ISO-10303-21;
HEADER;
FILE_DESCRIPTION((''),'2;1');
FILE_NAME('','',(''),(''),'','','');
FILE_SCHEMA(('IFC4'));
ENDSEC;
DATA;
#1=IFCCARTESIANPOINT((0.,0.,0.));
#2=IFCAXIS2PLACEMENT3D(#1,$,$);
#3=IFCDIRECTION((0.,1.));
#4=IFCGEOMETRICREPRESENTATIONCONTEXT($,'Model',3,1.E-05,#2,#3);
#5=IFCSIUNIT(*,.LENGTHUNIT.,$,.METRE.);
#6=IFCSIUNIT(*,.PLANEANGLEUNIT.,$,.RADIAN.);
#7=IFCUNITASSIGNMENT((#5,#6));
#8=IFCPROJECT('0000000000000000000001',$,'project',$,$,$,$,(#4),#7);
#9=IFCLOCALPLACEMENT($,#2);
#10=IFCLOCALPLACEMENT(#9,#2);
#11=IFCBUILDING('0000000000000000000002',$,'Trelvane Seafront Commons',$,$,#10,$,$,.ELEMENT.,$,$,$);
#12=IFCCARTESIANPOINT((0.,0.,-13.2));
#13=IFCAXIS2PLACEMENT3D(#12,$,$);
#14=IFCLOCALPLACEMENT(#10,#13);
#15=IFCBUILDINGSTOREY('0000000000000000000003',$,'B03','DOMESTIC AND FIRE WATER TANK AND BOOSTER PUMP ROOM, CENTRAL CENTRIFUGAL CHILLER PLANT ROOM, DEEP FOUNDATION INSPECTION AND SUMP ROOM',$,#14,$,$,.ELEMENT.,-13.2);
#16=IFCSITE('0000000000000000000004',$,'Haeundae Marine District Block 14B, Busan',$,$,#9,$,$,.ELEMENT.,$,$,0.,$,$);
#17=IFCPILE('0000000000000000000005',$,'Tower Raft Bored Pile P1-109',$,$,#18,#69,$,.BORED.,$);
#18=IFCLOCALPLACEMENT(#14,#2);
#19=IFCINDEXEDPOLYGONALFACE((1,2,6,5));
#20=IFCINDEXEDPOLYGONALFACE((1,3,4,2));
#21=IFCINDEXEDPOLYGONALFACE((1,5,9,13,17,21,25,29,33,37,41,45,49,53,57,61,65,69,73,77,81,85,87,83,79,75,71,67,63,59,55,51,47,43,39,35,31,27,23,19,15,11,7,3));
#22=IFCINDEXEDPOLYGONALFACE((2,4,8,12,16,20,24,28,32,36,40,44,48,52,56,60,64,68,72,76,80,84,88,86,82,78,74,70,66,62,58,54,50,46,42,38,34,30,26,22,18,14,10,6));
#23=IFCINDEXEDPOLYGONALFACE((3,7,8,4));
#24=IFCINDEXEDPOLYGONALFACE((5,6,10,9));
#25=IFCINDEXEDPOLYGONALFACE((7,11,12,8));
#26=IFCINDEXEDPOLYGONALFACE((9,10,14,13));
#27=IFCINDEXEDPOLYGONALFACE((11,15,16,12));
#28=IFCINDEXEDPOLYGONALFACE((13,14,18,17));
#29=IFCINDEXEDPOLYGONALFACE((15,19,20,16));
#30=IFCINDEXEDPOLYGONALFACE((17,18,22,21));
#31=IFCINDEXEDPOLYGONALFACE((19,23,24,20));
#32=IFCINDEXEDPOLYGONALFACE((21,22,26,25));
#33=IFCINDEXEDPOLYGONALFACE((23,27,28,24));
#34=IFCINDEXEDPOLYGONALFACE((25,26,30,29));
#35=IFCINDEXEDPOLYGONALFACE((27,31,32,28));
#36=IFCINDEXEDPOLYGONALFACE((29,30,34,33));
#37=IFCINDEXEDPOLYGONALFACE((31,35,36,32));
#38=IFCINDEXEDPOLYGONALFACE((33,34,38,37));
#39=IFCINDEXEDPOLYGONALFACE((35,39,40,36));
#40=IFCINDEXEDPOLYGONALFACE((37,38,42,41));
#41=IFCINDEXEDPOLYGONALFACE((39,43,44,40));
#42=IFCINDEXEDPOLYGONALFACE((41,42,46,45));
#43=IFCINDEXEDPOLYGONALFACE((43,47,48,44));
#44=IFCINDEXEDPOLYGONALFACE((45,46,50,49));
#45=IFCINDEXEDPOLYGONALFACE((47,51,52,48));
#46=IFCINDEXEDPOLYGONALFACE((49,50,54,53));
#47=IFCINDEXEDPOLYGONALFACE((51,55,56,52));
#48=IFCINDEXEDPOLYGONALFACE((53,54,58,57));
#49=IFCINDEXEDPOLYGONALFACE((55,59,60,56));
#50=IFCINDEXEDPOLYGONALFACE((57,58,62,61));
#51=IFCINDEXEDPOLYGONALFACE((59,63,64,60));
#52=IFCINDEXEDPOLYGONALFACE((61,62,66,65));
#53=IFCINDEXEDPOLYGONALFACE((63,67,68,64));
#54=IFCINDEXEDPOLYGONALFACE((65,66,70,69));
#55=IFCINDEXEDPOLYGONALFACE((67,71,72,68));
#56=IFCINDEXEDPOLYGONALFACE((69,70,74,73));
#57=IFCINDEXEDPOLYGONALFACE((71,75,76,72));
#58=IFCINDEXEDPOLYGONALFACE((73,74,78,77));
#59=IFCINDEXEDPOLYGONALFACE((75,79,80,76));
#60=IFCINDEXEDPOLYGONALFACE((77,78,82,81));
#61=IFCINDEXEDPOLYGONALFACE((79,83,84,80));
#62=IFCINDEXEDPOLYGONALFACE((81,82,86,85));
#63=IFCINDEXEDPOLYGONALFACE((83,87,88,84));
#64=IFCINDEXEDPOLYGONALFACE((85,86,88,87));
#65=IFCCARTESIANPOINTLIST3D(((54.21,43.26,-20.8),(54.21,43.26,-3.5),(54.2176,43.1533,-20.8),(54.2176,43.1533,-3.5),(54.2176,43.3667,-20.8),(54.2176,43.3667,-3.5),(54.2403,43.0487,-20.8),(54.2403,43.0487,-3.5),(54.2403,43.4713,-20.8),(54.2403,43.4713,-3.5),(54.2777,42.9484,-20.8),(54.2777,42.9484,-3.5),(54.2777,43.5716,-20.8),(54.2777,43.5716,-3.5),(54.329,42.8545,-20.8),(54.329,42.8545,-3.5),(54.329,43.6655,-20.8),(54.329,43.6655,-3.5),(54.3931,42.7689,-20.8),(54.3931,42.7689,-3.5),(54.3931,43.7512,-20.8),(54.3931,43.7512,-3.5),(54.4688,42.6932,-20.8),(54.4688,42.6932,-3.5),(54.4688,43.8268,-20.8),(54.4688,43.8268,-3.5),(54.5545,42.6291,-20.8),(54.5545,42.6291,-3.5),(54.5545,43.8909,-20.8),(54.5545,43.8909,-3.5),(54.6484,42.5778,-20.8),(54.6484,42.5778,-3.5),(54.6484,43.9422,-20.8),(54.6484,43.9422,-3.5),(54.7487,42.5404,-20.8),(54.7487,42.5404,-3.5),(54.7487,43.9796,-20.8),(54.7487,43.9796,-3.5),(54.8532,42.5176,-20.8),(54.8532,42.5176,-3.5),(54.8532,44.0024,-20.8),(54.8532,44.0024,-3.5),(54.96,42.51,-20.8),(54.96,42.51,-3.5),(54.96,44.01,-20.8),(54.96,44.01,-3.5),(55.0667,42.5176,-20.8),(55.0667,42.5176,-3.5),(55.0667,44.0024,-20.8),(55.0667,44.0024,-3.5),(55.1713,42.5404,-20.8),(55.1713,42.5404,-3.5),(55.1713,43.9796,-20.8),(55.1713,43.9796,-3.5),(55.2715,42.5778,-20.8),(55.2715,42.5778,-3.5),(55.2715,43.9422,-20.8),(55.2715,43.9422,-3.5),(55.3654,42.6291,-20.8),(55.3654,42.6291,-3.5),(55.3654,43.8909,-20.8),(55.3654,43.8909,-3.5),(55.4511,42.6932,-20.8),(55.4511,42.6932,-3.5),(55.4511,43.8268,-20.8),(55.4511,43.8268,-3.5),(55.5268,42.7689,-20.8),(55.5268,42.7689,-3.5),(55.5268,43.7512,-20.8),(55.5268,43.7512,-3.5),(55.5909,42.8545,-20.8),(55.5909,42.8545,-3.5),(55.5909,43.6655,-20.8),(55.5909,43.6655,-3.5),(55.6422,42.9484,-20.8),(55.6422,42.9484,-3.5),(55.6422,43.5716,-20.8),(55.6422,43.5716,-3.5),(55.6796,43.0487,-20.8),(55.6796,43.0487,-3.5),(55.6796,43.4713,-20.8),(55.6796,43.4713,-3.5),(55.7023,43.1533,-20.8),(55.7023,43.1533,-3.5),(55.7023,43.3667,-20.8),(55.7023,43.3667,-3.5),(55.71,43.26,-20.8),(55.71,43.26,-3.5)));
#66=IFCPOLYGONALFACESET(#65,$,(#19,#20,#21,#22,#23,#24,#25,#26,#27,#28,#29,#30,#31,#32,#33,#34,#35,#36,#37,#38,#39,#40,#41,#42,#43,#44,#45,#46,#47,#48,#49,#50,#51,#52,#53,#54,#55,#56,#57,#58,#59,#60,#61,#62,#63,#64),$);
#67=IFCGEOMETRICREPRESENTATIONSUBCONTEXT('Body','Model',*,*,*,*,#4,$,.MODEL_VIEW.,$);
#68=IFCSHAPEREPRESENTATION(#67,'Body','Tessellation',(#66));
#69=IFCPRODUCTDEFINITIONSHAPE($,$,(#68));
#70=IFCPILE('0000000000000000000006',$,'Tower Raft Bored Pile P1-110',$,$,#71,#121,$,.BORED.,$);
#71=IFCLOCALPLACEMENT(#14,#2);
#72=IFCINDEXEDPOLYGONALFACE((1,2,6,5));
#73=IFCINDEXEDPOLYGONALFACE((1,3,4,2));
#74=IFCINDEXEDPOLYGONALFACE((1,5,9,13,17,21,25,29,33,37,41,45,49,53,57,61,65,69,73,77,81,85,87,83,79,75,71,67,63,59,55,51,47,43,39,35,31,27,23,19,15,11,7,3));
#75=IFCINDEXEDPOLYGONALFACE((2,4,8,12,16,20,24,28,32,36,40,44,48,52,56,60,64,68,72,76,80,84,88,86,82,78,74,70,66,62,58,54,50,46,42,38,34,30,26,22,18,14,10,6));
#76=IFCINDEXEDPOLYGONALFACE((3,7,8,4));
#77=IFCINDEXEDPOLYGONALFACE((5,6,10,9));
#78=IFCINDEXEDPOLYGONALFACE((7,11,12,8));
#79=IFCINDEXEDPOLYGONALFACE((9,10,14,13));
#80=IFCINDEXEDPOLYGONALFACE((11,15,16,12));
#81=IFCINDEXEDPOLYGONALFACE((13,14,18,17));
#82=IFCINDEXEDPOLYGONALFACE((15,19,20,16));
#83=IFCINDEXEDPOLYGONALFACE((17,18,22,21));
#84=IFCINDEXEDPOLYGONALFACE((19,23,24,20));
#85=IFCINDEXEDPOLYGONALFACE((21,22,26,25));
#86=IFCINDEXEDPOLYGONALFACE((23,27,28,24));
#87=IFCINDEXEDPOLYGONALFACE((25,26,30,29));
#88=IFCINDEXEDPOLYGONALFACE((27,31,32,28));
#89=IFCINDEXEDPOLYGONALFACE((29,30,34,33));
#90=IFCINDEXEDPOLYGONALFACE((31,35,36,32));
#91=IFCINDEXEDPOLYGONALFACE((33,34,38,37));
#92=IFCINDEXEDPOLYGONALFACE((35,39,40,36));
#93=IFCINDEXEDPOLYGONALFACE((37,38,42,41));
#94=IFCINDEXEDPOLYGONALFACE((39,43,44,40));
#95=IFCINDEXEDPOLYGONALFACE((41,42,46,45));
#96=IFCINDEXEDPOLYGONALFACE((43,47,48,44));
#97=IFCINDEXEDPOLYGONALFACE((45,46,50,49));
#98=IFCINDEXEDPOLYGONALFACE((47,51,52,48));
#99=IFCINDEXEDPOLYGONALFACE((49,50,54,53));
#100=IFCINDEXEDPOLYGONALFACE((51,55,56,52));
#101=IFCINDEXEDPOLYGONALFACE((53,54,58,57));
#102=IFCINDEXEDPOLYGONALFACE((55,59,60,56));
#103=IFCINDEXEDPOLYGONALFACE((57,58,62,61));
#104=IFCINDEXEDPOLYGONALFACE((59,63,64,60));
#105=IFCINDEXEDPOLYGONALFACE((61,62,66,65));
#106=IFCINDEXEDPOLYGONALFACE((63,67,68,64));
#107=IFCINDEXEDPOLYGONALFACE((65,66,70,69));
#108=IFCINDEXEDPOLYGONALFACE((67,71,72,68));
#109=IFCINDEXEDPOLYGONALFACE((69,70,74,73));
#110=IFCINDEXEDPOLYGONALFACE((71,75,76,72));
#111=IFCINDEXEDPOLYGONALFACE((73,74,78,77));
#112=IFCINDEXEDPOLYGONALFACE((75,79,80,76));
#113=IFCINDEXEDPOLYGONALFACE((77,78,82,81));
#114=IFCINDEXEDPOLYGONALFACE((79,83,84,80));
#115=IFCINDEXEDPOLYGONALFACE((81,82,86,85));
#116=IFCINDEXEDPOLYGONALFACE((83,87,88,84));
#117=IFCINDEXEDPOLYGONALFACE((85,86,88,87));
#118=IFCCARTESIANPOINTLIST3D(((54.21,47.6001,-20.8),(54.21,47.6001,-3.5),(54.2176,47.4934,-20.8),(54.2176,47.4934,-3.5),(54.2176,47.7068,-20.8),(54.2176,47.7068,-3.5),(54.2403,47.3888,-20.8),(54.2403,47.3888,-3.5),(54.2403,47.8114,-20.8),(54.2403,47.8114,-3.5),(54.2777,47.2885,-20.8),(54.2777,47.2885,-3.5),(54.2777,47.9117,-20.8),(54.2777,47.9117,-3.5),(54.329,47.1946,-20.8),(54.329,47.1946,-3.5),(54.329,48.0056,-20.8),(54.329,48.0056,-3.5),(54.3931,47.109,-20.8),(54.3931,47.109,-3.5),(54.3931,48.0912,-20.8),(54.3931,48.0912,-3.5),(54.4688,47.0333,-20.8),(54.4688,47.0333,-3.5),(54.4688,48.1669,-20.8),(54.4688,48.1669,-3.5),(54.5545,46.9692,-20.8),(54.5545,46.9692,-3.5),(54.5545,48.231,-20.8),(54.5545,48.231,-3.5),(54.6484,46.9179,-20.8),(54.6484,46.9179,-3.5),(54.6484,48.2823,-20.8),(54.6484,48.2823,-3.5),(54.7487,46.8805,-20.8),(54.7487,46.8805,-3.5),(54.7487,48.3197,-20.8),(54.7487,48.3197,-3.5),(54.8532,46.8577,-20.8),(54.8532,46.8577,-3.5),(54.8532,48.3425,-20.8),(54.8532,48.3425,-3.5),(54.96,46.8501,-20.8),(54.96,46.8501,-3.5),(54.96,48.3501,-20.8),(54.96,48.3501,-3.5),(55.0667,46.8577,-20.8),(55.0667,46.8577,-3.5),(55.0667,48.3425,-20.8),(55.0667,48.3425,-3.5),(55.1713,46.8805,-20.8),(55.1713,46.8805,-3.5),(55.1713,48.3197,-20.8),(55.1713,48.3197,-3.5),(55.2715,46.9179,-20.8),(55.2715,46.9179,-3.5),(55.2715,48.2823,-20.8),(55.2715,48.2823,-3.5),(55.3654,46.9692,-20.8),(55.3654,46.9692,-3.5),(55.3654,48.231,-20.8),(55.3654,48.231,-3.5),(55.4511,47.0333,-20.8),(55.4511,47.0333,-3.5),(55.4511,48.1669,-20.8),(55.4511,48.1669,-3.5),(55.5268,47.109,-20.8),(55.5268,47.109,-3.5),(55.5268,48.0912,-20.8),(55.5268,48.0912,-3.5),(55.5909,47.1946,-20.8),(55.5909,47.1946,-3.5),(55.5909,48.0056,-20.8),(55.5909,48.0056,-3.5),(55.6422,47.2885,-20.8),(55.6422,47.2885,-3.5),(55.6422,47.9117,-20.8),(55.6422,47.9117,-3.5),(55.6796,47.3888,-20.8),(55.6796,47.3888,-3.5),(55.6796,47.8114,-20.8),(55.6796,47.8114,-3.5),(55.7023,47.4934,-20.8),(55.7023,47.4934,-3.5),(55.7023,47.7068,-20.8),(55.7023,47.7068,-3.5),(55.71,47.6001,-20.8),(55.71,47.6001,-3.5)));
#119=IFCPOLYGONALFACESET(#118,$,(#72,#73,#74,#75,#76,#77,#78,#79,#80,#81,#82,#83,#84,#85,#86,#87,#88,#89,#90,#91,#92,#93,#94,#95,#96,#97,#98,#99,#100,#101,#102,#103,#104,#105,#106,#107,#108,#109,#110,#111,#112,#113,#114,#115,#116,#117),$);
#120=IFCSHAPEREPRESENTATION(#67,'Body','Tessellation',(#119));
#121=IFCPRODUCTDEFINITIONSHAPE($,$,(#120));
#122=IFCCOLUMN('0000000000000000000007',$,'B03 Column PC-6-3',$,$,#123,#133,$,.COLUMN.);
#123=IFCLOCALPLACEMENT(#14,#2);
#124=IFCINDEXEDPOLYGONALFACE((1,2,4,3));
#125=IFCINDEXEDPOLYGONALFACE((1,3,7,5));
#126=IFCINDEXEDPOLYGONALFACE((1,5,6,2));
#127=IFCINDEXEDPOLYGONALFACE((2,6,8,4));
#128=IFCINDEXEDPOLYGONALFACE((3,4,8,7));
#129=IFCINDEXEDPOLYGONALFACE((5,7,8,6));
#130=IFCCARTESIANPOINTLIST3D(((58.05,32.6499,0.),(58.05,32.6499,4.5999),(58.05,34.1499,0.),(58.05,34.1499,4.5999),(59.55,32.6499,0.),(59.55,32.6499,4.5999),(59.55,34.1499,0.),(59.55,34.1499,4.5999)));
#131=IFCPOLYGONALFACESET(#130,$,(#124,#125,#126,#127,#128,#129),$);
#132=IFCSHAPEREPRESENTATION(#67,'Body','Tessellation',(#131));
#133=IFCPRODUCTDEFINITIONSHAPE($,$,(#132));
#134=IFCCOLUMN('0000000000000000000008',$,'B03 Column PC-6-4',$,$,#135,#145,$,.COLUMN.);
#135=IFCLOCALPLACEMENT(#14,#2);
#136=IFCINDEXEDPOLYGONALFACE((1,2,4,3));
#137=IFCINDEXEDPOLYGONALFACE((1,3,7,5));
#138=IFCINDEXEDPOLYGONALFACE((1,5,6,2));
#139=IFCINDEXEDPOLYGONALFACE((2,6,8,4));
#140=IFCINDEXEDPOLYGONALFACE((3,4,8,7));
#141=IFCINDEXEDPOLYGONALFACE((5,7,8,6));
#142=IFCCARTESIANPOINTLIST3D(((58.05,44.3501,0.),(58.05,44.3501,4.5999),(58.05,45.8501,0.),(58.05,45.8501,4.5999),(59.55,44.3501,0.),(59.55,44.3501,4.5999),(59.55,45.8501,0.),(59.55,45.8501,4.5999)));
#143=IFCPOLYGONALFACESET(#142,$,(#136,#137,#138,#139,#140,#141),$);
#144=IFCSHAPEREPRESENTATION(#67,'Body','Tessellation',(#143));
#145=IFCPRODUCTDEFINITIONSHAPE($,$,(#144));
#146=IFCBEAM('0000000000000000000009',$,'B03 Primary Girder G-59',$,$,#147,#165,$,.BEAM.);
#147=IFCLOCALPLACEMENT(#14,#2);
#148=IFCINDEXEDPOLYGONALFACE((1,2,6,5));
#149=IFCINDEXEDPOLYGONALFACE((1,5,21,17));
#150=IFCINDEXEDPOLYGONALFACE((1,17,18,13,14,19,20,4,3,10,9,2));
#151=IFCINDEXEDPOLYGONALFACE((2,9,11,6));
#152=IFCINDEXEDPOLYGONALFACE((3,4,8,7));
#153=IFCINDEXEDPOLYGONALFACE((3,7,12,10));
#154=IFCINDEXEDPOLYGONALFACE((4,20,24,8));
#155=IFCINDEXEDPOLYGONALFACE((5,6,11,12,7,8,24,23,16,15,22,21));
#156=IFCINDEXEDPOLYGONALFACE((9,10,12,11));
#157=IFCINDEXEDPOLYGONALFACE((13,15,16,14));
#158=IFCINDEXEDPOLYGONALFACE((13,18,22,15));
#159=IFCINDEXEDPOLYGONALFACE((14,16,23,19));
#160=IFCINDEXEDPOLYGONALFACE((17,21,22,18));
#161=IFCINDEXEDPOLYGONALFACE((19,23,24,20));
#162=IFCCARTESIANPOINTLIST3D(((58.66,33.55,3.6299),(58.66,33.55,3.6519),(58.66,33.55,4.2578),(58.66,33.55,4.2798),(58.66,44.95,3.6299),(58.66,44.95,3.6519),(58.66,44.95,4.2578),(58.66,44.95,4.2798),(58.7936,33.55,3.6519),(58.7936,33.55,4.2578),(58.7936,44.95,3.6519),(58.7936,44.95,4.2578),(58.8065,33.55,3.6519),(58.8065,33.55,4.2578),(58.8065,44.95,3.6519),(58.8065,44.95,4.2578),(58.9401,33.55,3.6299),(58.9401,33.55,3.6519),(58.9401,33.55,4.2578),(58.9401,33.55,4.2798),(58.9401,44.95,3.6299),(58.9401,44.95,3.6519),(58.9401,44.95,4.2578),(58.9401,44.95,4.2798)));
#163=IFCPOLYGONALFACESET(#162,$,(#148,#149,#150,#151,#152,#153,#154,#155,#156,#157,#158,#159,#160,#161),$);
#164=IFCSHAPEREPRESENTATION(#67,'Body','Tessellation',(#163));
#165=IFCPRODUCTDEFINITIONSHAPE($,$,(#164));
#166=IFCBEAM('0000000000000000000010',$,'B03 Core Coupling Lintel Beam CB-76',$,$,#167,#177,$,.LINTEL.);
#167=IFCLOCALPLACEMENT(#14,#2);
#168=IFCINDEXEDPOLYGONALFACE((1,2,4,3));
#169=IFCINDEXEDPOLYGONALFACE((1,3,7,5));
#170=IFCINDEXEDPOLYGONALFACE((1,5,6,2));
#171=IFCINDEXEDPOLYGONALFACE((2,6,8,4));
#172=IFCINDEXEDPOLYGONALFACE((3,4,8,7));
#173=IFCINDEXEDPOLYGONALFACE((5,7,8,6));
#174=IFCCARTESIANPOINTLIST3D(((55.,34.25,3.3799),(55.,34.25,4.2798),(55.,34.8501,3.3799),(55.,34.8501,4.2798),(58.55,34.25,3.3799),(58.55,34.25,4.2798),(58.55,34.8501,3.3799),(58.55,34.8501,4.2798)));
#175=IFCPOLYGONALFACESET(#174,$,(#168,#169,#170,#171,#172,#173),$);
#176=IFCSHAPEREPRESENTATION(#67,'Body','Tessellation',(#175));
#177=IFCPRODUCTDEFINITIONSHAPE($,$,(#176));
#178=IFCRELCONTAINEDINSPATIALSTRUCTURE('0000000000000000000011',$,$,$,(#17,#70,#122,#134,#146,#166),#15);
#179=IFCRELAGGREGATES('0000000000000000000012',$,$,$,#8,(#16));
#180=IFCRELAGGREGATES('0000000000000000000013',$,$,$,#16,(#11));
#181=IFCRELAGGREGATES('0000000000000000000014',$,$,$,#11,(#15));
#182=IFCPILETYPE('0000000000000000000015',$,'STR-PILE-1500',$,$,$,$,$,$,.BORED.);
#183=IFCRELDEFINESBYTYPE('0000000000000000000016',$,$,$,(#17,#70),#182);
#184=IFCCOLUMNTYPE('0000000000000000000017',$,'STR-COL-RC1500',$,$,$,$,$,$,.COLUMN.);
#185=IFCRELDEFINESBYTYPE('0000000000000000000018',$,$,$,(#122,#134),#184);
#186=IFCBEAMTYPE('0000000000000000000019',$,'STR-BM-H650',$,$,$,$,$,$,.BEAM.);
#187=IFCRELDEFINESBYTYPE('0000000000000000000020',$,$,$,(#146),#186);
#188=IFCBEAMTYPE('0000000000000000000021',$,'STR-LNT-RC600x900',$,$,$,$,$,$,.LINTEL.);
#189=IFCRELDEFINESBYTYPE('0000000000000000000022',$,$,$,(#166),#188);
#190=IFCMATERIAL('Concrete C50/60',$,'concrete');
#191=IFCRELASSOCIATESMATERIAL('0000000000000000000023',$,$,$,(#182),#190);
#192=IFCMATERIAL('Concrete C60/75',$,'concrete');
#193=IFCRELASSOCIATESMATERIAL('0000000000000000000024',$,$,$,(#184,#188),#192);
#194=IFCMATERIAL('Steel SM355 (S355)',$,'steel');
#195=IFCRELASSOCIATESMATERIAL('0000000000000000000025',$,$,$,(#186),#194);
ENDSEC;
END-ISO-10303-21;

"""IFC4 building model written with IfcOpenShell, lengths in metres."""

from ifc_helpers import new_model, si_unit, direction, frame, origin, origin_2d, place, context, subcontext, project, spatial, rectangle, circle, i_section, extrude, source, transform, mapped, material, material_profile, profile_set, type_object, element, save


model = new_model("IFC4")

# Units and contexts
model_context = context("Model", 3, precision=1e-05, world=origin(), true_north=direction((0.0, 1.0)))
body_context = subcontext(model_context, "Body", "Model", "MODEL_VIEW")
ifc_project = project(units=[si_unit("LENGTHUNIT", "METRE"), si_unit("PLANEANGLEUNIT", "RADIAN")], contexts=[model_context])

# Site, building, storey
site_placement = place(None, origin())
site = spatial("IfcSite", under=ifc_project, at=site_placement, Name="Haeundae Marine District Block 14B, Busan", CompositionType="ELEMENT", RefElevation=0.0)
building_placement = place(site_placement, origin())
building = spatial("IfcBuilding", under=site, at=building_placement, Name="Trelvane Seafront Commons", CompositionType="ELEMENT")
storey_placement = place(building_placement, frame((0.0, 0.0, -13.2)))
storey = spatial("IfcBuildingStorey", under=building, at=storey_placement, Name="B03", Description="DOMESTIC AND FIRE WATER TANK AND BOOSTER PUMP ROOM, CENTRAL CENTRIFUGAL CHILLER PLANT ROOM, DEEP FOUNDATION INSPECTION AND SUMP ROOM", CompositionType="ELEMENT", Elevation=-13.2)

# Piles
ifc_material_1 = material(Name="Concrete C50/60", Category="concrete")
ifc_material_profile_1 = material_profile(ifc_material_1, circle(Radius=0.75, at=origin_2d()), Name="PILE-1500")
ifc_profile_set_1 = profile_set([ifc_material_profile_1], Name="Concrete C50/60")
pile_type = type_object("IfcPileType", Name="STR-PILE-1500", PredefinedType="BORED", material=ifc_profile_set_1)
shared_shape_1 = source(origin(), body_context, "Body", "SweptSolid", [
    extrude(circle(Radius=0.75, at=origin_2d()), origin(), (0.0, 0.0, 1.0), 17.3),
])
for number, where, z_axis, x_axis, name in (
    (1, (54.96, 43.26, -3.5), (0.0, 0.0, -1.0), (1.0, 0.0, 0.0), "Tower Raft Bored Pile P1-109"),
    (2, (54.96, 47.6001, -3.5), (0.0, 0.0, -1.0), (1.0, 0.0, 0.0), "Tower Raft Bored Pile P1-110"),
):
    element("IfcPile", number, at=place(storey_placement, frame(where, z_axis=z_axis, x_axis=x_axis)), inside=storey, type_object=pile_type, Name=name, PredefinedType="BORED", context=body_context, shape_type="MappedRepresentation", body=[
        mapped(shared_shape_1, transform((0.0, 0.0, 0.0), x_axis=(1.0, 0.0, 0.0), y_axis=(0.0, 1.0, 0.0), z_axis=(0.0, 0.0, 1.0), scale=1.0)),
    ])

# Columns
ifc_material_2 = material(Name="Concrete C60/75", Category="concrete")
ifc_material_profile_2 = material_profile(ifc_material_2, rectangle(XDim=1.5, YDim=1.5, at=origin_2d()), Name="RC-1500x1500")
ifc_profile_set_2 = profile_set([ifc_material_profile_2], Name="Concrete C60/75")
column_type = type_object("IfcColumnType", Name="STR-COL-RC1500", PredefinedType="COLUMN", material=ifc_profile_set_2)
shared_shape_2 = source(origin(), body_context, "Body", "SweptSolid", [
    extrude(rectangle(XDim=1.5, YDim=1.5, at=origin_2d()), origin(), (0.0, 0.0, 1.0), 4.5999),
])
for number, where, z_axis, x_axis, name in (
    (3, (58.8, 33.3999, 0.0), (0.0, 0.0, 1.0), (1.0, 0.0, 0.0), "B03 Column PC-6-3"),
    (4, (58.8, 45.1001, 0.0), (0.0, 0.0, 1.0), (1.0, 0.0, 0.0), "B03 Column PC-6-4"),
):
    element("IfcColumn", number, at=place(storey_placement, frame(where, z_axis=z_axis, x_axis=x_axis)), inside=storey, type_object=column_type, Name=name, PredefinedType="COLUMN", context=body_context, shape_type="MappedRepresentation", body=[
        mapped(shared_shape_2, transform((0.0, 0.0, 0.0), x_axis=(1.0, 0.0, 0.0), y_axis=(0.0, 1.0, 0.0), z_axis=(0.0, 0.0, 1.0), scale=1.0)),
    ])

# Beams
ifc_material_3 = material(Name="Steel SM355 (S355)", Category="steel")
ifc_material_profile_3 = material_profile(ifc_material_3, i_section(OverallWidth=0.28, OverallDepth=0.6499, WebThickness=0.0129, FlangeThickness=0.022, at=origin_2d()), Name="H-650x280x13x22")
ifc_profile_set_3 = profile_set([ifc_material_profile_3], Name="Steel SM355 (S355)")
beam_type_1 = type_object("IfcBeamType", Name="STR-BM-H650", PredefinedType="BEAM", material=ifc_profile_set_3)
shared_shape_3 = source(origin(), body_context, "Body", "SweptSolid", [
    extrude(i_section(OverallWidth=0.28, OverallDepth=0.6499, WebThickness=0.0129, FlangeThickness=0.022, at=origin_2d()), origin(), (0.0, 0.0, 1.0), 11.3999),
])
beam_1_placement = place(storey_placement, frame((58.8, 33.55, 3.9548), z_axis=(0.0, 1.0, 0.0), x_axis=(-1.0, 0.0, 0.0)))
element("IfcBeam", 5, at=beam_1_placement, inside=storey, type_object=beam_type_1, Name="B03 Primary Girder G-59", PredefinedType="BEAM", context=body_context, shape_type="MappedRepresentation", body=[
    mapped(shared_shape_3, transform((0.0, 0.0, 0.0), x_axis=(1.0, 0.0, 0.0), y_axis=(0.0, 1.0, 0.0), z_axis=(0.0, 0.0, 1.0), scale=1.0)),
])
ifc_material_profile_4 = material_profile(ifc_material_2, rectangle(XDim=0.6001, YDim=0.8999, at=origin_2d()), Name="RC-600x900")
ifc_profile_set_4 = profile_set([ifc_material_profile_4], Name="Concrete C60/75")
beam_type_2 = type_object("IfcBeamType", Name="STR-LNT-RC600x900", PredefinedType="LINTEL", material=ifc_profile_set_4)
shared_shape_4 = source(origin(), body_context, "Body", "SweptSolid", [
    extrude(rectangle(XDim=0.6001, YDim=0.8999, at=origin_2d()), origin(), (0.0, 0.0, 1.0), 3.55),
])
beam_2_placement = place(storey_placement, frame((55.0, 34.55, 3.8298), z_axis=(1.0, 0.0, 0.0), x_axis=(0.0, 1.0, 0.0)))
element("IfcBeam", 6, at=beam_2_placement, inside=storey, type_object=beam_type_2, Name="B03 Core Coupling Lintel Beam CB-76", PredefinedType="LINTEL", context=body_context, shape_type="MappedRepresentation", body=[
    mapped(shared_shape_4, transform((0.0, 0.0, 0.0), x_axis=(1.0, 0.0, 0.0), y_axis=(0.0, 1.0, 0.0), z_axis=(0.0, 0.0, 1.0), scale=1.0)),
])

save(model, "model.ifc")
